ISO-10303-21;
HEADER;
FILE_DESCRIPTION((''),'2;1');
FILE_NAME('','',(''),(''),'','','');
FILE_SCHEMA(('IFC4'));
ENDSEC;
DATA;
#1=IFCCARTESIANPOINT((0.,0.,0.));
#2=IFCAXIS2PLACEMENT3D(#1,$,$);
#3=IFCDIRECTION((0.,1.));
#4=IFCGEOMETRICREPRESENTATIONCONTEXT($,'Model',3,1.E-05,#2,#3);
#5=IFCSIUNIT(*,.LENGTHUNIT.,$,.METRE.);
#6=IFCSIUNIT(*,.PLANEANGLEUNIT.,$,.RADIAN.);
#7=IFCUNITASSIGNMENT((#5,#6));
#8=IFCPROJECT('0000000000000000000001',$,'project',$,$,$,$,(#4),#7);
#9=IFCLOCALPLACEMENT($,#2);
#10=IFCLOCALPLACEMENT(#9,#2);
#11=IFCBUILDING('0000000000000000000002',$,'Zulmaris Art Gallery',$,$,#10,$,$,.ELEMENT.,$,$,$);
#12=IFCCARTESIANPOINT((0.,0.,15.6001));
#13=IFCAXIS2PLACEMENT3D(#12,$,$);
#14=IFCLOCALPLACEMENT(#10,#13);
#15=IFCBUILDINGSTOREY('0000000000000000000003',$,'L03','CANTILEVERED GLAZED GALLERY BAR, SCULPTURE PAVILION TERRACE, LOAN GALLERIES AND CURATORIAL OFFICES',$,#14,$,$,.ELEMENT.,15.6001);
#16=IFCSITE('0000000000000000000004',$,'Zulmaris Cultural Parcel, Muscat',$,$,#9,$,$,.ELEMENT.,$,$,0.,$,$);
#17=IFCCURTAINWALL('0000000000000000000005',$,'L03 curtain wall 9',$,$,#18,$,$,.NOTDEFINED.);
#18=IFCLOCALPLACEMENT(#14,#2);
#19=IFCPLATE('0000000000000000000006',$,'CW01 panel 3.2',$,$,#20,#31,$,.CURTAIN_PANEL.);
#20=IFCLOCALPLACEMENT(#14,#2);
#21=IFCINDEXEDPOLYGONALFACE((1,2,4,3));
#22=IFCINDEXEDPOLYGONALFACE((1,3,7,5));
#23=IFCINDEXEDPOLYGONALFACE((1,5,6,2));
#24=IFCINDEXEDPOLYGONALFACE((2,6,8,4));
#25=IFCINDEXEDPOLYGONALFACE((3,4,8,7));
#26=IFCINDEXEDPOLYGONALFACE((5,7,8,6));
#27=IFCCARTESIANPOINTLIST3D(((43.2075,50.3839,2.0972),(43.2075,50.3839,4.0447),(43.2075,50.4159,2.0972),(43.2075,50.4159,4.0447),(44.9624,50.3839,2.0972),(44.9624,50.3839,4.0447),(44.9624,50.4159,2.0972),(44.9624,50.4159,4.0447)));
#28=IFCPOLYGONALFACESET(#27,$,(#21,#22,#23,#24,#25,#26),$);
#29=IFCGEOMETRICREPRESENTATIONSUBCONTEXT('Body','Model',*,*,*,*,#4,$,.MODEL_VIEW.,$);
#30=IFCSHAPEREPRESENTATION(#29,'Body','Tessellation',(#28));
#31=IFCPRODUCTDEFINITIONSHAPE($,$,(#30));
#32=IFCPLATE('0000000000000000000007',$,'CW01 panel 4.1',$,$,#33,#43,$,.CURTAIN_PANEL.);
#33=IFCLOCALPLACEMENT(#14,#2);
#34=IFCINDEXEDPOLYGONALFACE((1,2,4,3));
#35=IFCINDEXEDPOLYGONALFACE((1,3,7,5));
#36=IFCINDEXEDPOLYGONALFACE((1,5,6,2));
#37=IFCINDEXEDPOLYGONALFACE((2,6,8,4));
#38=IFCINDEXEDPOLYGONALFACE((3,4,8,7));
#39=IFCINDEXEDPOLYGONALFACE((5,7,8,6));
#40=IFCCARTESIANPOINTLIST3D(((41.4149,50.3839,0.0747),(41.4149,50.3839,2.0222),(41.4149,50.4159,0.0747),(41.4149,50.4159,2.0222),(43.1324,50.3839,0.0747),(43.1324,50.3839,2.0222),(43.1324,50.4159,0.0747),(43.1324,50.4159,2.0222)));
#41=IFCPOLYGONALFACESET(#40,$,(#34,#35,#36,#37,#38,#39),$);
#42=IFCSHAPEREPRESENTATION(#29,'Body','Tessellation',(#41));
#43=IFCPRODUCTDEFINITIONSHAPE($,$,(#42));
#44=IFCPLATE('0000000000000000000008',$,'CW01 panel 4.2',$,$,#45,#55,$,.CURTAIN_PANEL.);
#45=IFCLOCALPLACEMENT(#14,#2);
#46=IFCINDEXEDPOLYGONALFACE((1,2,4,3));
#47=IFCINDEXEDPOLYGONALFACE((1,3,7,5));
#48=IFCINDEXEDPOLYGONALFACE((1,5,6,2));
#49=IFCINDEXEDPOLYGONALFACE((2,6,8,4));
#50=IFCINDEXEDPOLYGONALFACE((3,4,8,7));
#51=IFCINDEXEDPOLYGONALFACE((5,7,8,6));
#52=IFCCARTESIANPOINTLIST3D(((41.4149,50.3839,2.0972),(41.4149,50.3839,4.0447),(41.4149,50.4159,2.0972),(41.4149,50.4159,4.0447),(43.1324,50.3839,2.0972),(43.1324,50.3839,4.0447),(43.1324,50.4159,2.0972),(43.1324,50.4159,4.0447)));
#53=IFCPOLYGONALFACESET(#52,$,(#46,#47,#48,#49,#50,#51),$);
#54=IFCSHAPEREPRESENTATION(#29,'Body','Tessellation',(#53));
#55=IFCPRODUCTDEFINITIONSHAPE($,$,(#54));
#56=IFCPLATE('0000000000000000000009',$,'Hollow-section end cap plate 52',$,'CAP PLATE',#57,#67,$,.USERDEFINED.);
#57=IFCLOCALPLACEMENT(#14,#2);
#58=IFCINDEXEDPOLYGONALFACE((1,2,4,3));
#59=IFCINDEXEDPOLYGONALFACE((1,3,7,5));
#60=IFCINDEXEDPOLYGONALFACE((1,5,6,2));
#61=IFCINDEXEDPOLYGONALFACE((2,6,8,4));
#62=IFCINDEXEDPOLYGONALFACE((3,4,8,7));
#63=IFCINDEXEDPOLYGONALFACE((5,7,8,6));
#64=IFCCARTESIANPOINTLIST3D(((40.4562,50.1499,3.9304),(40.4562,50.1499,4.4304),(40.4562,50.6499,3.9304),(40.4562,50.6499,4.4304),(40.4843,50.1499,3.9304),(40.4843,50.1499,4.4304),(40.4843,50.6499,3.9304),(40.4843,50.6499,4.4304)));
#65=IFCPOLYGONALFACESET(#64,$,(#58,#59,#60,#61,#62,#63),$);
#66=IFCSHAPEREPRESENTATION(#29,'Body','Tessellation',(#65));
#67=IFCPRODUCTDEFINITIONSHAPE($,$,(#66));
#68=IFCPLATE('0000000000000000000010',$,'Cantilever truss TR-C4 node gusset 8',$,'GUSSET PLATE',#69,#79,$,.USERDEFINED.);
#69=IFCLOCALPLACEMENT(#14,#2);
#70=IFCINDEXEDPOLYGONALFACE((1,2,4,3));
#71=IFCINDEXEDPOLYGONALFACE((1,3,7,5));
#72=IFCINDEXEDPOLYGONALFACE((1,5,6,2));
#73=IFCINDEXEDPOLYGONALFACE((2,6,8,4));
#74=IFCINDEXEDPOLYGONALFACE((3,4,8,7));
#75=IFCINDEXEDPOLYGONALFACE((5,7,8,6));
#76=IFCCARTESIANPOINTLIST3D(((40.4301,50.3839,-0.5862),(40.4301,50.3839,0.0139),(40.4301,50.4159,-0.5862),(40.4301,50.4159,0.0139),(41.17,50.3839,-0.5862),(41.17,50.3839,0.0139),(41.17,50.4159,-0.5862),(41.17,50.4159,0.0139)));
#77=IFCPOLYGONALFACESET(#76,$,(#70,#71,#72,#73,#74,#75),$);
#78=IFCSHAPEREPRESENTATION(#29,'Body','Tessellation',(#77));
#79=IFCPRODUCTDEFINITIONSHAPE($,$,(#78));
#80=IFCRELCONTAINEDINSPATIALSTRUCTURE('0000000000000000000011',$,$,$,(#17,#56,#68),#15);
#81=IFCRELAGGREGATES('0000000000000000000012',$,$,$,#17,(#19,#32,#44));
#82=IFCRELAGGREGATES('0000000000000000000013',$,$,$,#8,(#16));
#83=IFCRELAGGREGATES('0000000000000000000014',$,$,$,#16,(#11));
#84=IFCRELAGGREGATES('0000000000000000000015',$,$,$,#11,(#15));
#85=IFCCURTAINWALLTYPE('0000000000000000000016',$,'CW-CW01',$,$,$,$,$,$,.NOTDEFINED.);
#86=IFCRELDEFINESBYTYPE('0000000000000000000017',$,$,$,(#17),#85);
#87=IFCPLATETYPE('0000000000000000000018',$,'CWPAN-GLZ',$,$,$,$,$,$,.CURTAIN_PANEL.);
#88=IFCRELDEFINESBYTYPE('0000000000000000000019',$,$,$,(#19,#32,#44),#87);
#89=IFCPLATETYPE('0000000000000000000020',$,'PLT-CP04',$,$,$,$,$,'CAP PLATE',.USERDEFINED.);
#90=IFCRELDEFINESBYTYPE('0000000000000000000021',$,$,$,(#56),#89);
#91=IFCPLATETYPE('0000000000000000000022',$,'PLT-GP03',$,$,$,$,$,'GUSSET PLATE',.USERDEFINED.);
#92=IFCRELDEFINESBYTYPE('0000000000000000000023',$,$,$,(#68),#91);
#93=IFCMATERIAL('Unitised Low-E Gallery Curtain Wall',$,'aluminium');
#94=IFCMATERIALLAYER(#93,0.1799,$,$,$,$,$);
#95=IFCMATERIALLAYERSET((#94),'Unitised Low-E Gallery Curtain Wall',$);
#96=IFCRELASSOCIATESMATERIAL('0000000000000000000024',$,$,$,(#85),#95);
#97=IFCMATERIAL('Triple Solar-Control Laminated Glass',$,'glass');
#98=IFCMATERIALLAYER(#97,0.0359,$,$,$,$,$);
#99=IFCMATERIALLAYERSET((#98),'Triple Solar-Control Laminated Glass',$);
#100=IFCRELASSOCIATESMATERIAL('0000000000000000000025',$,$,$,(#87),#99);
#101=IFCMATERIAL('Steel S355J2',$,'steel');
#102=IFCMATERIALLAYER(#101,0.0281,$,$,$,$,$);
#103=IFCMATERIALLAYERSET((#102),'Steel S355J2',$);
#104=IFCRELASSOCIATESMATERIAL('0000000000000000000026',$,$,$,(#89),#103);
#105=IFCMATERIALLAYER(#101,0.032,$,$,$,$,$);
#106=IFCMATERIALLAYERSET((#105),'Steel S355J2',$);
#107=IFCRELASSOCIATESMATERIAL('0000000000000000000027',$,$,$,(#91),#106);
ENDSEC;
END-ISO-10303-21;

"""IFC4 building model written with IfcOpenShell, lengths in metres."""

from ifc_helpers import new_model, si_unit, direction, frame, origin, origin_2d, place, context, subcontext, project, spatial, rectangle, extrude, material, layer, layer_set, type_object, element, aggregate, save


model = new_model("IFC4")

# Units and contexts
model_context = context("Model", 3, precision=1e-05, world=origin(), true_north=direction((0.0, 1.0)))
body_context = subcontext(model_context, "Body", "Model", "MODEL_VIEW")
ifc_project = project(units=[si_unit("LENGTHUNIT", "METRE"), si_unit("PLANEANGLEUNIT", "RADIAN")], contexts=[model_context])

# Site, building, storey
site_placement = place(None, origin())
site = spatial("IfcSite", under=ifc_project, at=site_placement, Name="Zulmaris Cultural Parcel, Muscat", CompositionType="ELEMENT", RefElevation=0.0)
building_placement = place(site_placement, origin())
building = spatial("IfcBuilding", under=site, at=building_placement, Name="Zulmaris Art Gallery", CompositionType="ELEMENT")
storey_placement = place(building_placement, frame((0.0, 0.0, 15.6001)))
storey = spatial("IfcBuildingStorey", under=building, at=storey_placement, Name="L03", Description="CANTILEVERED GLAZED GALLERY BAR, SCULPTURE PAVILION TERRACE, LOAN GALLERIES AND CURATORIAL OFFICES", CompositionType="ELEMENT", Elevation=15.6001)

# Shared definitions
ifc_material_1 = material(Name="Steel S355J2", Category="steel")

# Shared definitions
ifc_material_2 = material(Name="Unitised Low-E Gallery Curtain Wall", Category="aluminium")
ifc_layer_1 = layer(ifc_material_2, 0.1799)
ifc_layer_set_1 = layer_set([ifc_layer_1], Name="Unitised Low-E Gallery Curtain Wall")
curtain_wall_type = type_object("IfcCurtainWallType", Name="CW-CW01", PredefinedType="NOTDEFINED", material=ifc_layer_set_1)

# Curtain wall
curtain_wall_1_placement = place(storey_placement, origin())
curtain_wall_1 = element("IfcCurtainWall", 1, at=curtain_wall_1_placement, inside=storey, type_object=curtain_wall_type, Name="L03 curtain wall 9", PredefinedType="NOTDEFINED")

# Plates
ifc_material_3 = material(Name="Triple Solar-Control Laminated Glass", Category="glass")
ifc_layer_2 = layer(ifc_material_3, 0.0359)
ifc_layer_set_2 = layer_set([ifc_layer_2], Name="Triple Solar-Control Laminated Glass")
plate_type_1 = type_object("IfcPlateType", Name="CWPAN-GLZ", PredefinedType="CURTAIN_PANEL", material=ifc_layer_set_2)
plate_1_placement = place(storey_placement, frame((44.085, 50.3999, 2.0972), z_axis=(0.0, 0.0, 1.0), x_axis=(-1.0, 0.0, 0.0)))
plate_1 = element("IfcPlate", 2, at=plate_1_placement, type_object=plate_type_1, Name="CW01 panel 3.2", PredefinedType="CURTAIN_PANEL", context=body_context, shape_type="SweptSolid", body=[
    extrude(rectangle(XDim=1.7549, YDim=0.032, at=origin_2d()), origin(), (0.0, 0.0, 1.0), 1.9475),
])
plate_2_placement = place(storey_placement, frame((42.2737, 50.3999, 0.0747), z_axis=(0.0, 0.0, 1.0), x_axis=(-1.0, 0.0, 0.0)))
plate_2 = element("IfcPlate", 3, at=plate_2_placement, type_object=plate_type_1, Name="CW01 panel 4.1", PredefinedType="CURTAIN_PANEL", context=body_context, shape_type="SweptSolid", body=[
    extrude(rectangle(XDim=1.7175, YDim=0.032, at=origin_2d()), origin(), (0.0, 0.0, 1.0), 1.9475),
])
plate_3_placement = place(storey_placement, frame((42.2737, 50.3999, 2.0972), z_axis=(0.0, 0.0, 1.0), x_axis=(-1.0, 0.0, 0.0)))
plate_3 = element("IfcPlate", 4, at=plate_3_placement, type_object=plate_type_1, Name="CW01 panel 4.2", PredefinedType="CURTAIN_PANEL", context=body_context, shape_type="SweptSolid", body=[
    extrude(rectangle(XDim=1.7175, YDim=0.032, at=origin_2d()), origin(), (0.0, 0.0, 1.0), 1.9475),
])
aggregate(curtain_wall_1, [plate_1, plate_2, plate_3])

# Plates
ifc_layer_3 = layer(ifc_material_1, 0.0281)
ifc_layer_set_3 = layer_set([ifc_layer_3], Name="Steel S355J2")
plate_type_2 = type_object("IfcPlateType", Name="PLT-CP04", ElementType="CAP PLATE", PredefinedType="USERDEFINED", material=ifc_layer_set_3)
plate_4_placement = place(storey_placement, frame((40.4702, 50.3999, 3.9304), z_axis=(0.0, 0.0, 1.0), x_axis=(1.0, 0.0, 0.0)))
element("IfcPlate", 5, at=plate_4_placement, inside=storey, type_object=plate_type_2, Name="Hollow-section end cap plate 52", ObjectType="CAP PLATE", PredefinedType="USERDEFINED", context=body_context, shape_type="SweptSolid", body=[
    extrude(rectangle(XDim=0.0281, YDim=0.5, at=origin_2d()), origin(), (0.0, 0.0, 1.0), 0.5),
])
ifc_layer_4 = layer(ifc_material_1, 0.032)
ifc_layer_set_4 = layer_set([ifc_layer_4], Name="Steel S355J2")
plate_type_3 = type_object("IfcPlateType", Name="PLT-GP03", ElementType="GUSSET PLATE", PredefinedType="USERDEFINED", material=ifc_layer_set_4)
plate_5_placement = place(storey_placement, frame((40.8, 50.3999, -0.5862), z_axis=(0.0, 0.0, 1.0), x_axis=(1.0, 0.0, 0.0)))
element("IfcPlate", 6, at=plate_5_placement, inside=storey, type_object=plate_type_3, Name="Cantilever truss TR-C4 node gusset 8", ObjectType="GUSSET PLATE", PredefinedType="USERDEFINED", context=body_context, shape_type="SweptSolid", body=[
    extrude(rectangle(XDim=0.74, YDim=0.032, at=origin_2d()), origin(), (0.0, 0.0, 1.0), 0.6001),
])

save(model, "model.ifc")
